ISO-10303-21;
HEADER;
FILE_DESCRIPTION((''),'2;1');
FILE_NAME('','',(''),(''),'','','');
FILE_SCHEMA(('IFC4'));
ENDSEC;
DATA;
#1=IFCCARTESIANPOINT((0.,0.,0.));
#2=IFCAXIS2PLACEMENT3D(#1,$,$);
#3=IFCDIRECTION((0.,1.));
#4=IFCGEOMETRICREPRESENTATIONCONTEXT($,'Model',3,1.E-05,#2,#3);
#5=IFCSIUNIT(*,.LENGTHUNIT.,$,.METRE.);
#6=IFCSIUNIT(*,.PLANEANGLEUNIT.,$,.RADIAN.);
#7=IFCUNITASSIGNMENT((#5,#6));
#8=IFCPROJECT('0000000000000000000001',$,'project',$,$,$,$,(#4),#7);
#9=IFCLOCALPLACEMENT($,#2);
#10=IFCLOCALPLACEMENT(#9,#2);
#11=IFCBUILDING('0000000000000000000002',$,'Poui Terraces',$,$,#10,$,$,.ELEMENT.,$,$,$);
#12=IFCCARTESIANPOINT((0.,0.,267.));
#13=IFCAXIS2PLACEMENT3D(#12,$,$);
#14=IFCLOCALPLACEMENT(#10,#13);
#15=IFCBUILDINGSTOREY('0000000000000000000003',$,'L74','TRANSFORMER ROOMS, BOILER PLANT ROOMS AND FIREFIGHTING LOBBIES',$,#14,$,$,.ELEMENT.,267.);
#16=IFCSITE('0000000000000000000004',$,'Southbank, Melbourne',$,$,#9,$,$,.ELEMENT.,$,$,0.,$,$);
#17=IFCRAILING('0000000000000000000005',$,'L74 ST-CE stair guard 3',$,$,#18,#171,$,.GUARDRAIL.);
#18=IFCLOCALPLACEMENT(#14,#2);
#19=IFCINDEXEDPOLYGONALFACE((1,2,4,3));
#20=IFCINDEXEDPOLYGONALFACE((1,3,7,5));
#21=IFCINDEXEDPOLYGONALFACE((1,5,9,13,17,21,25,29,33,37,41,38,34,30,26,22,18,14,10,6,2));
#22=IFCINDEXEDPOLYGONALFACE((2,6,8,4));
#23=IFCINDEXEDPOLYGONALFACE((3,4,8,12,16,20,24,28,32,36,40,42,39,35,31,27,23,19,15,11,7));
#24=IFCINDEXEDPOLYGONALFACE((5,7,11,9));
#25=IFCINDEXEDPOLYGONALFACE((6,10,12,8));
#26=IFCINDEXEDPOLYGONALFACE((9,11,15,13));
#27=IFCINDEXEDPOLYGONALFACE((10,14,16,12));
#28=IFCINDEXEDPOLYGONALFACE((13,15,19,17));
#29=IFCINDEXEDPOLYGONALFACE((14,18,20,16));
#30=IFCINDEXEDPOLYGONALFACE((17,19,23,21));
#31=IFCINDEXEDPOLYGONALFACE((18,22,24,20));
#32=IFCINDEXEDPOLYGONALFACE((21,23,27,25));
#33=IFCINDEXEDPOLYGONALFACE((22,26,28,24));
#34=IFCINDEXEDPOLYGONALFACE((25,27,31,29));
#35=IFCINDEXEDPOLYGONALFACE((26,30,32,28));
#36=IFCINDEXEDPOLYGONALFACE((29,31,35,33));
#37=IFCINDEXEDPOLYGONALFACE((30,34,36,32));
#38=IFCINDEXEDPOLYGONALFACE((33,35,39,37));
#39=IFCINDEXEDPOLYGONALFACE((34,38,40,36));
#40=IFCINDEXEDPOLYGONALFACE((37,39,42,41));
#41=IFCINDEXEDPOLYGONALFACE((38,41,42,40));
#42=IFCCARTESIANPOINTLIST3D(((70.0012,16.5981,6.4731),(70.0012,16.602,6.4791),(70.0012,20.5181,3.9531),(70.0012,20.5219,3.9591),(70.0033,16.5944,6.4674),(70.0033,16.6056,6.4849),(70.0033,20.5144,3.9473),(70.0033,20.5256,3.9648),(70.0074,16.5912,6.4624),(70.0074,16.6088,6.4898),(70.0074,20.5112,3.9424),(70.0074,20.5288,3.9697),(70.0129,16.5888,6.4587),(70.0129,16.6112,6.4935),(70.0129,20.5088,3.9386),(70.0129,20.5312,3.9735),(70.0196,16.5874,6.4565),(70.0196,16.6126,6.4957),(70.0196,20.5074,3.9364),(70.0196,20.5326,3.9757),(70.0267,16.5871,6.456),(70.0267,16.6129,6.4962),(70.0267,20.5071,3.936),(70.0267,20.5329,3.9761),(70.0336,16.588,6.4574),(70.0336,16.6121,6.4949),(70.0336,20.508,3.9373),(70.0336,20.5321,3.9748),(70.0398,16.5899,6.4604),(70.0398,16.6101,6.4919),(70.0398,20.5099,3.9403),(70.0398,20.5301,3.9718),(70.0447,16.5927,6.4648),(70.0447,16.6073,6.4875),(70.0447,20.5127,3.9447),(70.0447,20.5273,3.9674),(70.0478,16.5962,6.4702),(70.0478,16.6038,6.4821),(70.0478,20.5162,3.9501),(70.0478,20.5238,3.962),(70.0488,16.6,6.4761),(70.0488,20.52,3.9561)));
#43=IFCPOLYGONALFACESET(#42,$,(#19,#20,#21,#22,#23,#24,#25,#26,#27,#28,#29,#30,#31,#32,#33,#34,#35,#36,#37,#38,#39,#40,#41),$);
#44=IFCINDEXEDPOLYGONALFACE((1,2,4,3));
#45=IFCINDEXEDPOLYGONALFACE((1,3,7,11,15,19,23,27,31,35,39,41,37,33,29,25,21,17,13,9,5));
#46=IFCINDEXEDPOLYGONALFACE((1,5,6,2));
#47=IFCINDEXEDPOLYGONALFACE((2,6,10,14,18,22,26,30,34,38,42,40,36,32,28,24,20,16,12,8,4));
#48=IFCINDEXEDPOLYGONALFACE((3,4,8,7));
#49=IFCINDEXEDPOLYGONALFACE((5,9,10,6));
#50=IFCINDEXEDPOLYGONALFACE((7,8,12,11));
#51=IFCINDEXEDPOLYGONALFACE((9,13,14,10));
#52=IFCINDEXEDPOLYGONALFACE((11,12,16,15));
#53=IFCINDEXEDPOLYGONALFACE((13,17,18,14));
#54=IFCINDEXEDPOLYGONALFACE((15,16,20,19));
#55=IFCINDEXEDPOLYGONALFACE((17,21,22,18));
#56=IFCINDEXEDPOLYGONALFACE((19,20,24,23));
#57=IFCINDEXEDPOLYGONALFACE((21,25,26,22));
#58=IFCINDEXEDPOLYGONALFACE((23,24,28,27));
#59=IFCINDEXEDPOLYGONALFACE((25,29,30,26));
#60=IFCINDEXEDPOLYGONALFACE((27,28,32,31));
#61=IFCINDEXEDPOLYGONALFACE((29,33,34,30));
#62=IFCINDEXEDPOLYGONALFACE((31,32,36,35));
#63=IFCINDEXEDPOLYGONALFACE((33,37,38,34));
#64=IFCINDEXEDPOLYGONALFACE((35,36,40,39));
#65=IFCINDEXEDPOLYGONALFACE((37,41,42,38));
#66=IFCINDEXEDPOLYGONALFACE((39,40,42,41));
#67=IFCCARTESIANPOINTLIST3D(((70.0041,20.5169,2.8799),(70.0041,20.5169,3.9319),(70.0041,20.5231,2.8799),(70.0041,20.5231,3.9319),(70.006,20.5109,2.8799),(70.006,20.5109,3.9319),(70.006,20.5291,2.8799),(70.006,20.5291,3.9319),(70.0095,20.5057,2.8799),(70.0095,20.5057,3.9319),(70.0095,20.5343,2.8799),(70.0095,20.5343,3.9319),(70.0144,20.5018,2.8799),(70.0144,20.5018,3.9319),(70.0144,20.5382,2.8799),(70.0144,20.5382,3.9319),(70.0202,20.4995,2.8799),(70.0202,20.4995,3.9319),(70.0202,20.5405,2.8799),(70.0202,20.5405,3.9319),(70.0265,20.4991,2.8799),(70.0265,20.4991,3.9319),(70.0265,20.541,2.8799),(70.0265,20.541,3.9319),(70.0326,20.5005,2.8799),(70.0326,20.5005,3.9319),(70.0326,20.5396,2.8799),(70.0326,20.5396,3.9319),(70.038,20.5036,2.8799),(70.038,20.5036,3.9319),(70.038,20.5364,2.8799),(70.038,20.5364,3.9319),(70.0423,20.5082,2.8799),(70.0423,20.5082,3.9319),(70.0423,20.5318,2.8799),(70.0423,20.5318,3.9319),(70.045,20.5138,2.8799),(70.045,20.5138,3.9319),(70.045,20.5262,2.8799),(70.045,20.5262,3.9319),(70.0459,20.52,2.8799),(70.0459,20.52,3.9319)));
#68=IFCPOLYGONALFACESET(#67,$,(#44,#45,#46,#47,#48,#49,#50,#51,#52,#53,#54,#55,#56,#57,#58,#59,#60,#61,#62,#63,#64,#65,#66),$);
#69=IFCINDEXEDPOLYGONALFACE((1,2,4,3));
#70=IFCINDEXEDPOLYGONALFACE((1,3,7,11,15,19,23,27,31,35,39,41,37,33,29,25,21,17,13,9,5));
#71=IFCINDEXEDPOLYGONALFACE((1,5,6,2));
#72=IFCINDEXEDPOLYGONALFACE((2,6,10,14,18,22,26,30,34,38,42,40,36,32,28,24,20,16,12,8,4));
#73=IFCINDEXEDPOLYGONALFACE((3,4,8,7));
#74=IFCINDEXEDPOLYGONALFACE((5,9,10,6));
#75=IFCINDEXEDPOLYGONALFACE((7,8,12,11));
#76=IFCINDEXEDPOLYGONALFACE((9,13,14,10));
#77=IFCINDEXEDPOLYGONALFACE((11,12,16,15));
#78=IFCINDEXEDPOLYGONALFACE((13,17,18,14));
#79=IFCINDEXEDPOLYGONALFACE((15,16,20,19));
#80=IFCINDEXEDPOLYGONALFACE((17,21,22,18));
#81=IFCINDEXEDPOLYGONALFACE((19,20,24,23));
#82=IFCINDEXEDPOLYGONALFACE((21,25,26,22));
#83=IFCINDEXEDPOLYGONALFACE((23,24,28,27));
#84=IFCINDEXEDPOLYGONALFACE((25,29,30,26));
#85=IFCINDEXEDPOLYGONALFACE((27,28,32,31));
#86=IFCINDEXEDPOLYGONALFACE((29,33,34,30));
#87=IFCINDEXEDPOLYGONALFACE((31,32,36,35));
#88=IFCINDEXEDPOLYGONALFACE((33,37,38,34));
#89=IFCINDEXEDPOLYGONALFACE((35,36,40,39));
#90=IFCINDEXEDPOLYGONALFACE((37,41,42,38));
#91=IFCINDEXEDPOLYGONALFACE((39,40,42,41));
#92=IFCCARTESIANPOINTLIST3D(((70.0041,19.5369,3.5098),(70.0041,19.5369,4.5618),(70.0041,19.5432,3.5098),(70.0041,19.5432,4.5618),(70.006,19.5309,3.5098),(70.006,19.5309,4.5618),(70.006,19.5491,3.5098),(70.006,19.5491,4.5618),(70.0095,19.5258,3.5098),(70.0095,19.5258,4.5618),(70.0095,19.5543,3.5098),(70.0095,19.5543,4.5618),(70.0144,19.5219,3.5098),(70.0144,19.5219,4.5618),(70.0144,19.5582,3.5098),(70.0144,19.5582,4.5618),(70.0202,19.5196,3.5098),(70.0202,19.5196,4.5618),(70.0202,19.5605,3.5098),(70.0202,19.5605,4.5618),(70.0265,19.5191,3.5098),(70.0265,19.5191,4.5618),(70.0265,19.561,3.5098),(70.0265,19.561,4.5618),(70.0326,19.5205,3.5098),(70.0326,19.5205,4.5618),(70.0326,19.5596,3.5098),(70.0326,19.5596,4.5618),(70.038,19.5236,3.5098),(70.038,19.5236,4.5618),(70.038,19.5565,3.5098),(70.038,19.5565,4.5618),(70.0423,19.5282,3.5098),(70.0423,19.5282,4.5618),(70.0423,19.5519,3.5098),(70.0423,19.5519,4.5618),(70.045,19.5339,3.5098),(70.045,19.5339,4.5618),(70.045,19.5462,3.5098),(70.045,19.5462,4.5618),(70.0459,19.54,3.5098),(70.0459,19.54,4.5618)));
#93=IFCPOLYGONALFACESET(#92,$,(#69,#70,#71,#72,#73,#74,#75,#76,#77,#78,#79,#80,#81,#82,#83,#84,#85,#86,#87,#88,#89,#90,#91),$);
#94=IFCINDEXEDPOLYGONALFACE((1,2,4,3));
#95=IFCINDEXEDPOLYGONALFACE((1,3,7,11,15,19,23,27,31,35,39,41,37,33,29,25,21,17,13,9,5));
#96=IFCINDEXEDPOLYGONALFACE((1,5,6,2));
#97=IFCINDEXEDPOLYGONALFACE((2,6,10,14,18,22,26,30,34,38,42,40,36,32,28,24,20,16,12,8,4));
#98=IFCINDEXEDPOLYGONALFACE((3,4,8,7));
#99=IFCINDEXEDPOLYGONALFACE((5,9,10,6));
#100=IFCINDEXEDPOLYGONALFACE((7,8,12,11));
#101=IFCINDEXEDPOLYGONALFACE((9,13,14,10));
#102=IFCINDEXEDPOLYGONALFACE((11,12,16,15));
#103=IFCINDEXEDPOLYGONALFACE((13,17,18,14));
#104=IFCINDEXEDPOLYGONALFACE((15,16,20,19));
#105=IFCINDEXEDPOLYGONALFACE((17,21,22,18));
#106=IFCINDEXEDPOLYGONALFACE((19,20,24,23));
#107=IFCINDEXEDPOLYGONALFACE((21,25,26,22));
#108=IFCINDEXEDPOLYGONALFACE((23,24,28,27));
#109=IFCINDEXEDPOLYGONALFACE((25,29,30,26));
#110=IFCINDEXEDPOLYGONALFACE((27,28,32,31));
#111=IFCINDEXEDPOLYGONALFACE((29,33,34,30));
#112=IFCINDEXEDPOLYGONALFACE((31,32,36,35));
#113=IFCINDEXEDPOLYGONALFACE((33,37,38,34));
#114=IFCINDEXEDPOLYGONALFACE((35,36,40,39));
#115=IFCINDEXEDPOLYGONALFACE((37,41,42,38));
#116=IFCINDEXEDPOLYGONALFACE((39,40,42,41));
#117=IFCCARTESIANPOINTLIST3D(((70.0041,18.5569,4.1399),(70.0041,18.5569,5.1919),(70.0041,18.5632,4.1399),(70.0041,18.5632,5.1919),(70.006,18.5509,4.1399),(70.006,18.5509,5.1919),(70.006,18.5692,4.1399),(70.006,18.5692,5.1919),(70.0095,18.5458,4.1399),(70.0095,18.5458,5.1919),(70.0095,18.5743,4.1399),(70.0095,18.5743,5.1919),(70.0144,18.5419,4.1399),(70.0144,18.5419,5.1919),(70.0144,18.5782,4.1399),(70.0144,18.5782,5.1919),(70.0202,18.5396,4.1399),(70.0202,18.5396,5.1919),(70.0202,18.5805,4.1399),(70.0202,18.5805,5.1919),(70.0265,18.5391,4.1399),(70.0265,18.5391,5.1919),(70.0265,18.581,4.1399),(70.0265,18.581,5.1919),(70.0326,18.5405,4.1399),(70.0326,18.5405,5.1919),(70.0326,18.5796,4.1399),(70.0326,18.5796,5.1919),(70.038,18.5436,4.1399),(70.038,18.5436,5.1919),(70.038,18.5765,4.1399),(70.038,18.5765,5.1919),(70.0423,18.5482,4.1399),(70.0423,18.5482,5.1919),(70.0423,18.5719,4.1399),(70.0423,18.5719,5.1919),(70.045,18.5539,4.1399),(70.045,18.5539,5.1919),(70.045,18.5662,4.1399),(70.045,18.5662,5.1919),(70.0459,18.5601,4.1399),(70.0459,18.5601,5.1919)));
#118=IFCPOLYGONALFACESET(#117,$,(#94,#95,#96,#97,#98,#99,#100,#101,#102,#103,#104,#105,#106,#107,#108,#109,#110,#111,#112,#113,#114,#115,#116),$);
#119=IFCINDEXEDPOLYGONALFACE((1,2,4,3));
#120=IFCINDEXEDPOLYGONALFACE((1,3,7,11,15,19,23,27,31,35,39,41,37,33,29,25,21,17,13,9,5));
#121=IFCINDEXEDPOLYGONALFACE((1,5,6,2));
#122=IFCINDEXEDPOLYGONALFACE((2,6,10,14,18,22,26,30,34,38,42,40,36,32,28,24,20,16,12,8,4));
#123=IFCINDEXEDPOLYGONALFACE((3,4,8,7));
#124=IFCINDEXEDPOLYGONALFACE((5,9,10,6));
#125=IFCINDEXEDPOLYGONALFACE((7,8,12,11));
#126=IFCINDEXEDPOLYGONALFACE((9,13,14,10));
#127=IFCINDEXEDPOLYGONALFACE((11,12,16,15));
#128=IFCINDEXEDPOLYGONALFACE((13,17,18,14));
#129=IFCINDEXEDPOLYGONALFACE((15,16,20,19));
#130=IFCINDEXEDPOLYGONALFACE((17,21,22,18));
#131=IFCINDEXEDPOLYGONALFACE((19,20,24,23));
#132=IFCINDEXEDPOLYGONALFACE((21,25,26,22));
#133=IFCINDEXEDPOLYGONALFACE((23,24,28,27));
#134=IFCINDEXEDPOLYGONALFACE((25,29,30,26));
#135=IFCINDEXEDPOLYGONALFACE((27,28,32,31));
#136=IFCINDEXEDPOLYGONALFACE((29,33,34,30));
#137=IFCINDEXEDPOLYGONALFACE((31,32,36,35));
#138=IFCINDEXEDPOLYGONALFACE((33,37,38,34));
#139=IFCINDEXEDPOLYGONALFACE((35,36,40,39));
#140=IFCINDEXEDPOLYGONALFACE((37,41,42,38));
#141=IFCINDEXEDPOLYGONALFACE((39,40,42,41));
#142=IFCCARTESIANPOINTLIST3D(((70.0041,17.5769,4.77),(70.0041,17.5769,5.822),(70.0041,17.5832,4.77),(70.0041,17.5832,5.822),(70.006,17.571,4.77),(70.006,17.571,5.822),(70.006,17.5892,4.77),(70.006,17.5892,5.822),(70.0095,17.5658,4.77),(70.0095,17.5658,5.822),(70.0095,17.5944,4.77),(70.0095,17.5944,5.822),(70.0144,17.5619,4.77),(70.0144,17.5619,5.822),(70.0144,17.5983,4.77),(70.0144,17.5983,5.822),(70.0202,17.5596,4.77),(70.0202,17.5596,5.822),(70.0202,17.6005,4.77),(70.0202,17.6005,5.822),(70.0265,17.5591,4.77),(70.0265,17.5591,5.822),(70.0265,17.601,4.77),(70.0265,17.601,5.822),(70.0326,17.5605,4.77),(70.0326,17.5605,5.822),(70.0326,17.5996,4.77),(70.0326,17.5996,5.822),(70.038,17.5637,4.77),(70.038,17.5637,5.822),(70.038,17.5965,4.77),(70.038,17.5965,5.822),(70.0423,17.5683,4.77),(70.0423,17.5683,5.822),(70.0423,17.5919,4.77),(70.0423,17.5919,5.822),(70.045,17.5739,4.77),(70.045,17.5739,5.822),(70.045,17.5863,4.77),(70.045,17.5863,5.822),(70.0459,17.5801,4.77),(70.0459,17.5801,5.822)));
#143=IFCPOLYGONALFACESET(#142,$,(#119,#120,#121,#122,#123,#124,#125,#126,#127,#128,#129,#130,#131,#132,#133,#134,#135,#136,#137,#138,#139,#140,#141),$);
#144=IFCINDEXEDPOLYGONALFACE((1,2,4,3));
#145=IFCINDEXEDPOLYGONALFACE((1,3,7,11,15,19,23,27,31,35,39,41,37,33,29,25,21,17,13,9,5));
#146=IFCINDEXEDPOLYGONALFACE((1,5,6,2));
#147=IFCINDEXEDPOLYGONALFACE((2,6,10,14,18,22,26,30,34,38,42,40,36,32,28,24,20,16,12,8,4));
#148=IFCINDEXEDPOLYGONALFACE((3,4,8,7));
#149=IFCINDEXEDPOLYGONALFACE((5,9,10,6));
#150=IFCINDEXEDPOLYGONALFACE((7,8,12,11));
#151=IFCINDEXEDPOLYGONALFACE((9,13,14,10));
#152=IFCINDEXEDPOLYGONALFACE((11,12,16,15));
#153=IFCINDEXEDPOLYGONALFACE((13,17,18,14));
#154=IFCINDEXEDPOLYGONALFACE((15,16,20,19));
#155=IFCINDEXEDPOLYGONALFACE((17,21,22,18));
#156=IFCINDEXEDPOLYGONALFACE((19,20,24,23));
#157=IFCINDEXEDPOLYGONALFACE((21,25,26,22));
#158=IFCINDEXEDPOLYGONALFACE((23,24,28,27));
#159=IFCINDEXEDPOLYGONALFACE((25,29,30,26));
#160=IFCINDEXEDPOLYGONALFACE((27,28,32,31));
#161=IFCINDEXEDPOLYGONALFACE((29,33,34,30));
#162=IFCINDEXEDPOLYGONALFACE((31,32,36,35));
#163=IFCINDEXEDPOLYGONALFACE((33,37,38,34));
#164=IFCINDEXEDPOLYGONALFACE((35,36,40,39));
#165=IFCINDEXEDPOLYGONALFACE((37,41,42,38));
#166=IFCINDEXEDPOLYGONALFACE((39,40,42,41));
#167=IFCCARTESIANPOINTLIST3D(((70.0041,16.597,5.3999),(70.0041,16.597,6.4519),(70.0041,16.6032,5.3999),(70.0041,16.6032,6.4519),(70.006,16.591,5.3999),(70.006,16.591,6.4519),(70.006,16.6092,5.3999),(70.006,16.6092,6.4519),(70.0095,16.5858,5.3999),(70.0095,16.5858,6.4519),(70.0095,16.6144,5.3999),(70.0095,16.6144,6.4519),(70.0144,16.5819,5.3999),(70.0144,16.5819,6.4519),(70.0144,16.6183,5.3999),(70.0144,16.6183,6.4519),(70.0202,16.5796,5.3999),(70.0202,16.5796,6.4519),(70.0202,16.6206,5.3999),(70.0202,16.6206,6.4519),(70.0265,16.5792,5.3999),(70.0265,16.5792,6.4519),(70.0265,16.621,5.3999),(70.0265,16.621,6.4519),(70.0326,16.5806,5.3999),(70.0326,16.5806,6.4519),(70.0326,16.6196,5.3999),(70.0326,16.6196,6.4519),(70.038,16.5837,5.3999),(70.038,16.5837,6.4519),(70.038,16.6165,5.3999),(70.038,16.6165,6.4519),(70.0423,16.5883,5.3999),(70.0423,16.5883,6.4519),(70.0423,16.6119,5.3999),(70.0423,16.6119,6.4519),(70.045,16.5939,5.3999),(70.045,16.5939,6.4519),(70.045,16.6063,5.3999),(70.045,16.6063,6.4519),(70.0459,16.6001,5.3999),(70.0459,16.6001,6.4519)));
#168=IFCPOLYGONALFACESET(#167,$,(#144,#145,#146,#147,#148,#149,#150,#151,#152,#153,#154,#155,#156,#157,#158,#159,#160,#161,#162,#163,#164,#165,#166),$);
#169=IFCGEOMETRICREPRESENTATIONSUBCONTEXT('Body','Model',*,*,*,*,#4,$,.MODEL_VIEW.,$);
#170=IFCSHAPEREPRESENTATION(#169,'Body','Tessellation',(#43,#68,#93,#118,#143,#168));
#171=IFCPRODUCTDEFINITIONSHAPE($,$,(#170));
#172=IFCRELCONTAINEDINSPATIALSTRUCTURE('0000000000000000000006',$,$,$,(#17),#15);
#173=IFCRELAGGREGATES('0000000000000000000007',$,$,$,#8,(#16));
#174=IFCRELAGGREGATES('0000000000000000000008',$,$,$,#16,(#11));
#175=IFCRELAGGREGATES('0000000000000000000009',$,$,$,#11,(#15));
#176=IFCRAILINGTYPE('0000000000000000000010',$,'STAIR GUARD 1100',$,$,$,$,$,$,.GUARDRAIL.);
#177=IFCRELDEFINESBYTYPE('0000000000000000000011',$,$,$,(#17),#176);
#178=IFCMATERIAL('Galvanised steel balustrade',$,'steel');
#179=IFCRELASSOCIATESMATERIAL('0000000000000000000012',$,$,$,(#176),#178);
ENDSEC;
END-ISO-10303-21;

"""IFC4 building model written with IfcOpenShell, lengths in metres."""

from ifc_helpers import new_model, si_unit, direction, frame, origin, origin_2d, place, context, subcontext, project, spatial, circle, extrude, material, type_object, element, save


model = new_model("IFC4")

# Units and contexts
model_context = context("Model", 3, precision=1e-05, world=origin(), true_north=direction((0.0, 1.0)))
body_context = subcontext(model_context, "Body", "Model", "MODEL_VIEW")
ifc_project = project(units=[si_unit("LENGTHUNIT", "METRE"), si_unit("PLANEANGLEUNIT", "RADIAN")], contexts=[model_context])

# Site, building, storey
site_placement = place(None, origin())
site = spatial("IfcSite", under=ifc_project, at=site_placement, Name="Southbank, Melbourne", CompositionType="ELEMENT", RefElevation=0.0)
building_placement = place(site_placement, origin())
building = spatial("IfcBuilding", under=site, at=building_placement, Name="Poui Terraces", CompositionType="ELEMENT")
storey_placement = place(building_placement, frame((0.0, 0.0, 267.0)))
storey = spatial("IfcBuildingStorey", under=building, at=storey_placement, Name="L74", Description="TRANSFORMER ROOMS, BOILER PLANT ROOMS AND FIREFIGHTING LOBBIES", CompositionType="ELEMENT", Elevation=267.0)

# Railing
ifc_material_1 = material(Name="Galvanised steel balustrade", Category="steel")
railing_type_1 = type_object("IfcRailingType", Name="STAIR GUARD 1100", PredefinedType="GUARDRAIL", material=ifc_material_1)
railing_1_placement = place(storey_placement, frame((70.0249, 20.52, 2.8799)))
element("IfcRailing", 1, at=railing_1_placement, inside=storey, type_object=railing_type_1, Name="L74 ST-CE stair guard 3", PredefinedType="GUARDRAIL", context=body_context, shape_type="SweptSolid", body=[
    extrude(circle(Radius=0.0239, at=origin_2d()), frame((0.0, 0.0, 1.0762), z_axis=(0.0, -0.841172, 0.540768), x_axis=(1.0, 0.0, 0.0)), (0.0, 0.0, 1.0), 4.6602),
    extrude(circle(Radius=0.021, at=origin_2d()), origin(), (0.0, 0.0, 1.0), 1.052),
    extrude(circle(Radius=0.021, at=origin_2d()), frame((0.0, -0.98, 0.6299)), (0.0, 0.0, 1.0), 1.052),
    extrude(circle(Radius=0.021, at=origin_2d()), frame((0.0, -1.96, 1.26)), (0.0, 0.0, 1.0), 1.052),
    extrude(circle(Radius=0.021, at=origin_2d()), frame((0.0, -2.9399, 1.8901)), (0.0, 0.0, 1.0), 1.052),
    extrude(circle(Radius=0.021, at=origin_2d()), frame((0.0, -3.9199, 2.52)), (0.0, 0.0, 1.0), 1.052),
])

save(model, "model.ifc")
